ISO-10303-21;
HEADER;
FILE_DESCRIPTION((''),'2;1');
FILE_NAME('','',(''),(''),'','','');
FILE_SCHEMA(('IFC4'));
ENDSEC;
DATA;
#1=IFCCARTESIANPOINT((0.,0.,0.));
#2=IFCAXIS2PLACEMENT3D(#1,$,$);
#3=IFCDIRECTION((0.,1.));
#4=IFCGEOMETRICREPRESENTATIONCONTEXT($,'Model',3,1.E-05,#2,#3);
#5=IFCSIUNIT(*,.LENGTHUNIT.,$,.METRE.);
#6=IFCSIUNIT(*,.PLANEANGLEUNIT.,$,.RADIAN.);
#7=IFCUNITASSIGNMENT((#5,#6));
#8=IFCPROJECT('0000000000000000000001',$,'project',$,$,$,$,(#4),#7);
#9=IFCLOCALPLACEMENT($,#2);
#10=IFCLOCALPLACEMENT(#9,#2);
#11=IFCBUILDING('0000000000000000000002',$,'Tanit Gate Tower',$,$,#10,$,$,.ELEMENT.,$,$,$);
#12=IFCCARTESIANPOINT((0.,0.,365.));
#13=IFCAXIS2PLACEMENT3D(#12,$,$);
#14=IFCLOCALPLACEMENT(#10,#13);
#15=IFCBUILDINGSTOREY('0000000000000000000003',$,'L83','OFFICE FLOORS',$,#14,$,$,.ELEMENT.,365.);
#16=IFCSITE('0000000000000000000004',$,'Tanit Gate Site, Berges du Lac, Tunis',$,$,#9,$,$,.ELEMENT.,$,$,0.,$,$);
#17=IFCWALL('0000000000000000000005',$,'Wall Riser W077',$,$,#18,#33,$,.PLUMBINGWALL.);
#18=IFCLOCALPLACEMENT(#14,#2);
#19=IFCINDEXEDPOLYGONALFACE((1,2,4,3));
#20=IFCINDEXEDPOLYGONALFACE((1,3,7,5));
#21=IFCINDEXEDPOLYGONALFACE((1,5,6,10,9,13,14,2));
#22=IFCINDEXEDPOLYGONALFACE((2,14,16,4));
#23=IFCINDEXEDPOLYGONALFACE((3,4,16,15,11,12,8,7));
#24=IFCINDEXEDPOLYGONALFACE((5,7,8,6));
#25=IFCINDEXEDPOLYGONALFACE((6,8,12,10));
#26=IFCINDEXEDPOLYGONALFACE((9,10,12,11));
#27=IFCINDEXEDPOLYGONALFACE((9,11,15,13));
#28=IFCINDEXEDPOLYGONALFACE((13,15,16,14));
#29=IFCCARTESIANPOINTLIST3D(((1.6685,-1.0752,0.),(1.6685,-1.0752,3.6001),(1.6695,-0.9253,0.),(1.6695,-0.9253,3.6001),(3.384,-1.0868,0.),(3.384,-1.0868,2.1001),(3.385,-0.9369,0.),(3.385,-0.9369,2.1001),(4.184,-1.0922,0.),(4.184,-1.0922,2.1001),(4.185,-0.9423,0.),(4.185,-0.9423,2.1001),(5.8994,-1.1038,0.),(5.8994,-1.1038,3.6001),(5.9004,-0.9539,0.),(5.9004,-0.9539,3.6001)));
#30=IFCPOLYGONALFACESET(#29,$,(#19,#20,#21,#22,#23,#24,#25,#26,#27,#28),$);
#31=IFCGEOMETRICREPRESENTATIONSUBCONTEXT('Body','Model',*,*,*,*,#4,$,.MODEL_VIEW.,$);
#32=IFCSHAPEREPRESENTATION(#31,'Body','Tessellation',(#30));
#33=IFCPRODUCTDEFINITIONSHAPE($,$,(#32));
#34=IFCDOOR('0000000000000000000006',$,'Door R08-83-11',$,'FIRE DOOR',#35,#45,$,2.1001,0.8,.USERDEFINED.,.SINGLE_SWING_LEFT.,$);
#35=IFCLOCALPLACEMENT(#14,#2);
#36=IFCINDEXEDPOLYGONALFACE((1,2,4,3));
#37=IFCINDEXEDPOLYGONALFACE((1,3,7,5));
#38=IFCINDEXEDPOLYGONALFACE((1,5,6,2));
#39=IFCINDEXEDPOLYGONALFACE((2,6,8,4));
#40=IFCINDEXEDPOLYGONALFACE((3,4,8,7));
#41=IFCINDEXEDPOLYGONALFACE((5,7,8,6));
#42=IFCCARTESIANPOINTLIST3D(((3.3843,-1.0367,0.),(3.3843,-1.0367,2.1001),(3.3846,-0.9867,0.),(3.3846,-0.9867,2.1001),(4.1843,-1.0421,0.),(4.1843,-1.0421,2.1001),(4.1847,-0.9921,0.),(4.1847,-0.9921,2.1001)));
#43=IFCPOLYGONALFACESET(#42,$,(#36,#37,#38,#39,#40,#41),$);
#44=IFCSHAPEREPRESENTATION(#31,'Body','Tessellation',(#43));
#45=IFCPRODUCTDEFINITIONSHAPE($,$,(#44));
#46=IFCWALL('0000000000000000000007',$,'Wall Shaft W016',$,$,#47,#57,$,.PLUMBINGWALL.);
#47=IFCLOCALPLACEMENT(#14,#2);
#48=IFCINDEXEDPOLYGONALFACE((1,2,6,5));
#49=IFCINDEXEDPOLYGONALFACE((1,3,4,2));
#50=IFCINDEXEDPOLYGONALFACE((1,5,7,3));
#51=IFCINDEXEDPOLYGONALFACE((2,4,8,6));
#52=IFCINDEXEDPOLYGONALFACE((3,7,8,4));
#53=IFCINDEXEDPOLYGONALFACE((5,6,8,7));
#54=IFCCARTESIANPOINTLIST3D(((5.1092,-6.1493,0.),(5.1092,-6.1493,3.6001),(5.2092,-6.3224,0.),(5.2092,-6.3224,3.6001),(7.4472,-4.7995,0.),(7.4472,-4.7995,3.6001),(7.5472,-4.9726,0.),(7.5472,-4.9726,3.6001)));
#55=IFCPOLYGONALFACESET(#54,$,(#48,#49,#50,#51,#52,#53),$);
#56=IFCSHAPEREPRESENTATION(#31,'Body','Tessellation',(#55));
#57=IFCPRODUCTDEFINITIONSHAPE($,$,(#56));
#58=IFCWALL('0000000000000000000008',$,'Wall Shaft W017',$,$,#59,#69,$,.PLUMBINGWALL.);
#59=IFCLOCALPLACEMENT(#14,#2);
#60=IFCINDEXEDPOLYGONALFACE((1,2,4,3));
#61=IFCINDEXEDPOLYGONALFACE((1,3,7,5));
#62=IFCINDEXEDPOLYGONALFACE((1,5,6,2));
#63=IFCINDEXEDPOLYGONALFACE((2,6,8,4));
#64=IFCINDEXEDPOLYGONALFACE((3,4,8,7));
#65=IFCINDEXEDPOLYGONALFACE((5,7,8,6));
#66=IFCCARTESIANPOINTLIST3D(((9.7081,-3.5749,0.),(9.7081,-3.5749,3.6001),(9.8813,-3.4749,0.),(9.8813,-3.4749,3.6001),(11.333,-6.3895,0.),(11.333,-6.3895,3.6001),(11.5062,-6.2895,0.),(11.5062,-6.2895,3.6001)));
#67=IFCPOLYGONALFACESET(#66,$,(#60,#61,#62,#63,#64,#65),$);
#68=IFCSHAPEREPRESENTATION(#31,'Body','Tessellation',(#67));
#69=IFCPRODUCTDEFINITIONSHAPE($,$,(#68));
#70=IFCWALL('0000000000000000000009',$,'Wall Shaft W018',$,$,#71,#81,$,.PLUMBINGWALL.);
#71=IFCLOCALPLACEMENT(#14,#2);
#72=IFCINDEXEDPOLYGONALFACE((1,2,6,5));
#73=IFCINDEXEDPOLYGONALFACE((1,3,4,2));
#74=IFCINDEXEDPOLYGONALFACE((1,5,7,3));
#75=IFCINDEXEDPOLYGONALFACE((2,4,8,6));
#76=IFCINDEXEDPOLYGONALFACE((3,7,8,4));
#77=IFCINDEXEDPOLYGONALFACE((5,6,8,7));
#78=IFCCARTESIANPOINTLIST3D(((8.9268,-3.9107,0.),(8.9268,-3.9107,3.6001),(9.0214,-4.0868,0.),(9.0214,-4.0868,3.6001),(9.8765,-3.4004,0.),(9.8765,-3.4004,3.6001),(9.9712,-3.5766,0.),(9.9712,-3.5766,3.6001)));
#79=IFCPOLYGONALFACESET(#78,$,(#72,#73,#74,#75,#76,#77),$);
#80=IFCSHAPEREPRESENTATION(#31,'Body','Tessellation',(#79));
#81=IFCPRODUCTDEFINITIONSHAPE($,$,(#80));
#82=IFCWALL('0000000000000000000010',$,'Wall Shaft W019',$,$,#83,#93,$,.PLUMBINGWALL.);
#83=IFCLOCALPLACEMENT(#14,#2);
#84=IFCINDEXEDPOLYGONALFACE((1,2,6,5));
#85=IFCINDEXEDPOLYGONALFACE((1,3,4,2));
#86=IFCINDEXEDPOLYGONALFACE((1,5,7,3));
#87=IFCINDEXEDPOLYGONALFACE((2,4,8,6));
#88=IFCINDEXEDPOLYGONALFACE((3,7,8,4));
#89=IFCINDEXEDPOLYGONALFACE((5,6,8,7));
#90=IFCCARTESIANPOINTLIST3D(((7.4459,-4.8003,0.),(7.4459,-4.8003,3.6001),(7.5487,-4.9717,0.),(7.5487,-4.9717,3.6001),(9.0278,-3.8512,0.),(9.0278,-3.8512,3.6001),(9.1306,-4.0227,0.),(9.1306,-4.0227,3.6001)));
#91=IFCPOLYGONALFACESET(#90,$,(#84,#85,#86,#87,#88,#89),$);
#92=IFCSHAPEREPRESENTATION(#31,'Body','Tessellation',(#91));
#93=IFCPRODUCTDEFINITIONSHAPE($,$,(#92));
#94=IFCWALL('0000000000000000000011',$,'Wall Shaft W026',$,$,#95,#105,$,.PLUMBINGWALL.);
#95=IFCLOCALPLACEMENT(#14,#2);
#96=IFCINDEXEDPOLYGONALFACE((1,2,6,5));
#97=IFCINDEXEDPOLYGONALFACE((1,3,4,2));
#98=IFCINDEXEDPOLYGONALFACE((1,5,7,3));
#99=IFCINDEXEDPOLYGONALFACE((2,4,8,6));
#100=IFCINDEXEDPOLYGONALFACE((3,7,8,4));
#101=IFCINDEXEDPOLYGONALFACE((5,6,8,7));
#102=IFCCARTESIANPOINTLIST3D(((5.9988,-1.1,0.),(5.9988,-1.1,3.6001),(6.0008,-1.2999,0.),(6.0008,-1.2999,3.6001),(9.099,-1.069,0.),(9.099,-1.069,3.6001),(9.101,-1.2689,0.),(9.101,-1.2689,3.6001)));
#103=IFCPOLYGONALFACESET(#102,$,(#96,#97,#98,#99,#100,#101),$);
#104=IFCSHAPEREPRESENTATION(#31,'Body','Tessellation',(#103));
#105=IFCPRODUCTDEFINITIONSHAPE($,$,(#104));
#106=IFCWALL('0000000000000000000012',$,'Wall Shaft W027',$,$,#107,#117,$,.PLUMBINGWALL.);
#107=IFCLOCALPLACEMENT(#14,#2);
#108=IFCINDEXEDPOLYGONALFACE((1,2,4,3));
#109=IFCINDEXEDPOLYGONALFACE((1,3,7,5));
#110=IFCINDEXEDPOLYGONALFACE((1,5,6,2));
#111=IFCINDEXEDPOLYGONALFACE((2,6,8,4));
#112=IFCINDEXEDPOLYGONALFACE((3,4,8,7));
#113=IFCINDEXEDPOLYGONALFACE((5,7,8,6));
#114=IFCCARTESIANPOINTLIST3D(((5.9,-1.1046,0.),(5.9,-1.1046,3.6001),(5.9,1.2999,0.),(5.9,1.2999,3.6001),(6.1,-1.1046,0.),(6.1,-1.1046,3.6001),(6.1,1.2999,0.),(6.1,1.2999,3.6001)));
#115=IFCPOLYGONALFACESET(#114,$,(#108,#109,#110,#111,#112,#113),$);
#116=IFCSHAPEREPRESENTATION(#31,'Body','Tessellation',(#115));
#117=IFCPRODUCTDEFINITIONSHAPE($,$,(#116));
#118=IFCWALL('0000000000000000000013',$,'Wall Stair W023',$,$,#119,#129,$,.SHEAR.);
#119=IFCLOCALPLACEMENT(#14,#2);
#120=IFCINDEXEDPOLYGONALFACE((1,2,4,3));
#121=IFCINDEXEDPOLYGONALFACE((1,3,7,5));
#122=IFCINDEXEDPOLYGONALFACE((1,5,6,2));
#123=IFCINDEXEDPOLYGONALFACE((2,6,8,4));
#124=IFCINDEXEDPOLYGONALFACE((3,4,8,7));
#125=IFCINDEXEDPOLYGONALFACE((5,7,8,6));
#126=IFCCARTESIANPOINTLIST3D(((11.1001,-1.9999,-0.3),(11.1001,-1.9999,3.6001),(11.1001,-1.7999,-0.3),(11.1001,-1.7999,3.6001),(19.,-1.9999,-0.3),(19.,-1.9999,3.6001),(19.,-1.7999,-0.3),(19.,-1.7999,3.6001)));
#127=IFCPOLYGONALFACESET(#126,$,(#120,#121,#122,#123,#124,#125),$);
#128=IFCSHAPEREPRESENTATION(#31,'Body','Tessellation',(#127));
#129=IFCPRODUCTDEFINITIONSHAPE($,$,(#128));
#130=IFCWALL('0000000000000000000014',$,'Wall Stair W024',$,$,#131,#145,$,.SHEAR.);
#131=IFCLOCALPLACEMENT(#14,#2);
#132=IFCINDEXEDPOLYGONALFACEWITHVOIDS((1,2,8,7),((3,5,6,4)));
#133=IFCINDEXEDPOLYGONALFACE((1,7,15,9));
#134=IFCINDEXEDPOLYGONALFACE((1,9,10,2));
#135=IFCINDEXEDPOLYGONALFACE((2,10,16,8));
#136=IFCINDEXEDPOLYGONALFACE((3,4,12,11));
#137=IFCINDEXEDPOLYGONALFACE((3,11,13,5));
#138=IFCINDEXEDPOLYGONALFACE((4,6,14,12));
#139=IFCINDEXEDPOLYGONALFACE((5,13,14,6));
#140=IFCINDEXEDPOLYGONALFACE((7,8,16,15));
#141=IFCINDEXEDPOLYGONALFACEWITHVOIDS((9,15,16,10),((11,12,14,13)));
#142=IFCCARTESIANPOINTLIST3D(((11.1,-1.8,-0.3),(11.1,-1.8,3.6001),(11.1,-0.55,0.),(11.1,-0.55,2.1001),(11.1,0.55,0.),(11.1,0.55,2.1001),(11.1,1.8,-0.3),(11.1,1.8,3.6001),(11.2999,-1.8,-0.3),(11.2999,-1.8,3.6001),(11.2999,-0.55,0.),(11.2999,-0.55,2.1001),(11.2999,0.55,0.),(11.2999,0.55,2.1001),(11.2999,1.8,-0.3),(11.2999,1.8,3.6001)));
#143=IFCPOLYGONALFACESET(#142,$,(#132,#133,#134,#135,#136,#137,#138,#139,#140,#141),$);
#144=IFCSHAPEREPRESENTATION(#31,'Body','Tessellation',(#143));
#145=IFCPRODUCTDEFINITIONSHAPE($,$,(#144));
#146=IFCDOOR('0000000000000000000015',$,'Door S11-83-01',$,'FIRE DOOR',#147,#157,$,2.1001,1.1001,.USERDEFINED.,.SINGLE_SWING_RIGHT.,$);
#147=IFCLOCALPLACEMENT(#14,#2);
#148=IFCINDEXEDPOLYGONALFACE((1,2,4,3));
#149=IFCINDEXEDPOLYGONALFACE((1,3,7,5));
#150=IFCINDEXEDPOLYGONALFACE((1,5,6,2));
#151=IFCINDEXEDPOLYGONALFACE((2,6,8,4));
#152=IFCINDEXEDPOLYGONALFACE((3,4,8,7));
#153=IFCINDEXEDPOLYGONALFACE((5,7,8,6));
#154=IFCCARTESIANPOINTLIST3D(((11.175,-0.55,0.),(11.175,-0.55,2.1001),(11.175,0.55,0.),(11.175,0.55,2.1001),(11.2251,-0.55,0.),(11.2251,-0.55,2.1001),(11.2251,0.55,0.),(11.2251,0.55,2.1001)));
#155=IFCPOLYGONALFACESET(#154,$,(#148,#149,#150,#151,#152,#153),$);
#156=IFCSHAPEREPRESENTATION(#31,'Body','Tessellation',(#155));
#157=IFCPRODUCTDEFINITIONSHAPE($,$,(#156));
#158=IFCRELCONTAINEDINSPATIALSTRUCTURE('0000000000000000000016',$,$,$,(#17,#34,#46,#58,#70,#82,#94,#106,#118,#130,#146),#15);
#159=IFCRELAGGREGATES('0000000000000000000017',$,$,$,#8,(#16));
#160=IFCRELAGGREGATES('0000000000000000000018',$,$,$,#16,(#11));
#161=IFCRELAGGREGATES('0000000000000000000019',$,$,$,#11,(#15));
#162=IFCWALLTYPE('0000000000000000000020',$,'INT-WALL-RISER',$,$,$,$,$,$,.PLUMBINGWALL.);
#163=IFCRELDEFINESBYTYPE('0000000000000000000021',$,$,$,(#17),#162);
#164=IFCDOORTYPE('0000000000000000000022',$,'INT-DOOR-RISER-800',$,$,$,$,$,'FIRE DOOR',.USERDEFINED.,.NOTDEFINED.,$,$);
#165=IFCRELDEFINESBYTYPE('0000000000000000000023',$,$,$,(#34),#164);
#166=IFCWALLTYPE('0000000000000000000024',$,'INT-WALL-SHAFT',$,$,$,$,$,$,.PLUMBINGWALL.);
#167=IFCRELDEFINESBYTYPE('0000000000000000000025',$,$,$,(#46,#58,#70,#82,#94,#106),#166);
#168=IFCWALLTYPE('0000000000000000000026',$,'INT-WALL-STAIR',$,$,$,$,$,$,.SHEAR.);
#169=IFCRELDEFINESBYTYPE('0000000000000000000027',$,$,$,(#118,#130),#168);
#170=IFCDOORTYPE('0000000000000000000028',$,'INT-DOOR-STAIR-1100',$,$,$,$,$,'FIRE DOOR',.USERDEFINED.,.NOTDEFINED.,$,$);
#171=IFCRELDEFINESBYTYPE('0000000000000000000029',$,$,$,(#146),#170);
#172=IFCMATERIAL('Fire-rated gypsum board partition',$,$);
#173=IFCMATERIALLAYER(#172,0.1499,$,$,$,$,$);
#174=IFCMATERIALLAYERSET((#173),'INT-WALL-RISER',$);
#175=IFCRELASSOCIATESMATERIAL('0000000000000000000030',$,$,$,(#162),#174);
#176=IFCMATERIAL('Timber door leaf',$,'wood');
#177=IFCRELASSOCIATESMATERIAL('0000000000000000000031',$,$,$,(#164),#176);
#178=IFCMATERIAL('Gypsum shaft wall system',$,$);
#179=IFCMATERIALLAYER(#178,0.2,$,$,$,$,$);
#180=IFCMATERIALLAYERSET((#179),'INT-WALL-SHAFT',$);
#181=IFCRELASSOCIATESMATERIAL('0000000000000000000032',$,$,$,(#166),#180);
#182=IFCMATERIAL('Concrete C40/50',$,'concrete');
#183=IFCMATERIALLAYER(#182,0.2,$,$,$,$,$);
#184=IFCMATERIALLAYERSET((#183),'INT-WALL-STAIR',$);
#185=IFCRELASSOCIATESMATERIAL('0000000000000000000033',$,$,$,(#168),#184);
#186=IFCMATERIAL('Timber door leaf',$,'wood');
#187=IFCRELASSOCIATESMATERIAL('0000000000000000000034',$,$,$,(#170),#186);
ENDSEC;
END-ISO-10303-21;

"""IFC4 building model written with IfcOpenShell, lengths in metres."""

from ifc_helpers import new_model, si_unit, direction, frame, frame_2d, origin, place, context, subcontext, project, spatial, rectangle, extrude, material, layer, layer_set, type_object, element, fill, save


model = new_model("IFC4")

# Units and contexts
model_context = context("Model", 3, precision=1e-05, world=origin(), true_north=direction((0.0, 1.0)))
body_context = subcontext(model_context, "Body", "Model", "MODEL_VIEW")
ifc_project = project(units=[si_unit("LENGTHUNIT", "METRE"), si_unit("PLANEANGLEUNIT", "RADIAN")], contexts=[model_context])

# Site, building, storey
site_placement = place(None, origin())
site = spatial("IfcSite", under=ifc_project, at=site_placement, Name="Tanit Gate Site, Berges du Lac, Tunis", CompositionType="ELEMENT", RefElevation=0.0)
building_placement = place(site_placement, origin())
building = spatial("IfcBuilding", under=site, at=building_placement, Name="Tanit Gate Tower", CompositionType="ELEMENT")
storey_placement = place(building_placement, frame((0.0, 0.0, 365.0)))
storey = spatial("IfcBuildingStorey", under=building, at=storey_placement, Name="L83", Description="OFFICE FLOORS", CompositionType="ELEMENT", Elevation=365.0)

# Shared definitions
ifc_material_1 = material(Name="Fire-rated gypsum board partition")
ifc_layer_1 = layer(ifc_material_1, 0.1499)
ifc_layer_set_1 = layer_set([ifc_layer_1], Name="INT-WALL-RISER")
wall_type_1 = type_object("IfcWallType", Name="INT-WALL-RISER", PredefinedType="PLUMBINGWALL", material=ifc_layer_set_1)

# Wall, opening, door
wall_1_placement = place(storey_placement, frame((5.8999, -1.0288, 0.0), z_axis=(0.0, 0.0, 1.0), x_axis=(-0.999977, 0.006751, 0.0)))
wall_1 = element("IfcWall", 1, at=wall_1_placement, inside=storey, type_object=wall_type_1, Name="Wall Riser W077", PredefinedType="PLUMBINGWALL", context=body_context, shape_type="SweptSolid", body=[
    extrude(rectangle(XDim=4.231, YDim=0.1499, at=frame_2d((2.1155, 0.0))), origin(), (0.0, 0.0, 1.0), 3.6001),
])
opening_1_placement = place(wall_1_placement, frame((1.7156, 0.0, 0.0)))
opening_1 = element("IfcOpeningElement", 2, at=opening_1_placement, cuts=wall_1, PredefinedType="OPENING", context=body_context, shape_type="SweptSolid", body=[
    extrude(rectangle(XDim=0.8, YDim=2.1001, at=frame_2d((0.3999, 1.05))), frame((0.0, 0.085, 0.0), z_axis=(0.0, -1.0, 0.0), x_axis=(1.0, 0.0, 0.0)), (0.0, 0.0, 1.0), 0.1699),
])
ifc_material_2 = material(Name="Timber door leaf", Category="wood")
door_type_1 = type_object("IfcDoorType", Name="INT-DOOR-RISER-800", ElementType="FIRE DOOR", OperationType="NOTDEFINED", PredefinedType="USERDEFINED", material=ifc_material_2)
door_1_placement = place(opening_1_placement, origin())
door_1 = element("IfcDoor", 3, at=door_1_placement, inside=storey, type_object=door_type_1, Name="Door R08-83-11", ObjectType="FIRE DOOR", OperationType="SINGLE_SWING_LEFT", OverallHeight=2.1001, OverallWidth=0.8, PredefinedType="USERDEFINED", context=body_context, shape_type="SweptSolid", body=[
    extrude(rectangle(XDim=0.8, YDim=2.1001, at=frame_2d((0.3999, 1.05))), frame((0.0, 0.0249, 0.0), z_axis=(0.0, -1.0, 0.0), x_axis=(1.0, 0.0, 0.0)), (0.0, 0.0, 1.0), 0.05),
])
fill(opening_1, door_1)

# Walls
ifc_material_3 = material(Name="Gypsum shaft wall system")
ifc_layer_2 = layer(ifc_material_3, 0.2)
ifc_layer_set_2 = layer_set([ifc_layer_2], Name="INT-WALL-SHAFT")
wall_type_2 = type_object("IfcWallType", Name="INT-WALL-SHAFT", PredefinedType="PLUMBINGWALL", material=ifc_layer_set_2)
wall_2_placement = place(storey_placement, frame((5.1592, -6.2358, 0.0), z_axis=(0.0, 0.0, 1.0), x_axis=(0.866037, 0.499981, 0.0)))
element("IfcWall", 4, at=wall_2_placement, inside=storey, type_object=wall_type_2, Name="Wall Shaft W016", PredefinedType="PLUMBINGWALL", context=body_context, shape_type="SweptSolid", body=[
    extrude(rectangle(XDim=2.6997, YDim=0.2, at=frame_2d((1.3499, 0.0))), origin(), (0.0, 0.0, 1.0), 3.6001),
])
wall_3_placement = place(storey_placement, frame((9.7947, -3.5249, 0.0), z_axis=(0.0, 0.0, 1.0), x_axis=(0.499985, -0.866034, 0.0)))
element("IfcWall", 5, at=wall_3_placement, inside=storey, type_object=wall_type_2, Name="Wall Shaft W017", PredefinedType="PLUMBINGWALL", context=body_context, shape_type="SweptSolid", body=[
    extrude(rectangle(XDim=3.25, YDim=0.2, at=frame_2d((1.625, 0.0))), origin(), (0.0, 0.0, 1.0), 3.6001),
])
wall_4_placement = place(storey_placement, frame((8.9741, -3.9988, 0.0), z_axis=(0.0, 0.0, 1.0), x_axis=(0.880907, 0.473289, 0.0)))
element("IfcWall", 6, at=wall_4_placement, inside=storey, type_object=wall_type_2, Name="Wall Shaft W018", PredefinedType="PLUMBINGWALL", context=body_context, shape_type="SweptSolid", body=[
    extrude(rectangle(XDim=1.0781, YDim=0.2, at=frame_2d((0.5391, 0.0))), origin(), (0.0, 0.0, 1.0), 3.6001),
])
wall_5_placement = place(storey_placement, frame((7.4973, -4.886, 0.0), z_axis=(0.0, 0.0, 1.0), x_axis=(0.857516, 0.514457, 0.0)))
element("IfcWall", 7, at=wall_5_placement, inside=storey, type_object=wall_type_2, Name="Wall Shaft W019", PredefinedType="PLUMBINGWALL", context=body_context, shape_type="SweptSolid", body=[
    extrude(rectangle(XDim=1.8447, YDim=0.2, at=frame_2d((0.9224, 0.0))), origin(), (0.0, 0.0, 1.0), 3.6001),
])
wall_6_placement = place(storey_placement, frame((9.1001, -1.1689, 0.0), z_axis=(0.0, 0.0, 1.0), x_axis=(-0.99995, -0.010001, 0.0)))
element("IfcWall", 8, at=wall_6_placement, inside=storey, type_object=wall_type_2, Name="Wall Shaft W026", PredefinedType="PLUMBINGWALL", context=body_context, shape_type="SweptSolid", body=[
    extrude(rectangle(XDim=3.1003, YDim=0.2, at=frame_2d((1.5503, 0.0))), origin(), (0.0, 0.0, 1.0), 3.6001),
])
wall_7_placement = place(storey_placement, frame((6.0, -1.1045, 0.0), z_axis=(0.0, 0.0, 1.0), x_axis=(0.0, 1.0, 0.0)))
element("IfcWall", 9, at=wall_7_placement, inside=storey, type_object=wall_type_2, Name="Wall Shaft W027", PredefinedType="PLUMBINGWALL", context=body_context, shape_type="SweptSolid", body=[
    extrude(rectangle(XDim=2.4045, YDim=0.2, at=frame_2d((1.2021, 0.0))), origin(), (0.0, 0.0, 1.0), 3.6001),
])
ifc_material_4 = material(Name="Concrete C40/50", Category="concrete")
ifc_layer_3 = layer(ifc_material_4, 0.2)
ifc_layer_set_3 = layer_set([ifc_layer_3], Name="INT-WALL-STAIR")
wall_type_3 = type_object("IfcWallType", Name="INT-WALL-STAIR", PredefinedType="SHEAR", material=ifc_layer_set_3)
wall_8_placement = place(storey_placement, frame((11.1001, -1.8999, -0.3), z_axis=(0.0, 0.0, 1.0), x_axis=(1.0, 0.0, 0.0)))
element("IfcWall", 10, at=wall_8_placement, inside=storey, type_object=wall_type_3, Name="Wall Stair W023", PredefinedType="SHEAR", context=body_context, shape_type="SweptSolid", body=[
    extrude(rectangle(XDim=7.8999, YDim=0.2, at=frame_2d((3.95, 0.0))), origin(), (0.0, 0.0, 1.0), 3.9001),
])

# Wall, opening, door
wall_9_placement = place(storey_placement, frame((11.2, -1.8, -0.3), z_axis=(0.0, 0.0, 1.0), x_axis=(0.0, 1.0, 0.0)))
wall_9 = element("IfcWall", 11, at=wall_9_placement, inside=storey, type_object=wall_type_3, Name="Wall Stair W024", PredefinedType="SHEAR", context=body_context, shape_type="SweptSolid", body=[
    extrude(rectangle(XDim=3.6001, YDim=0.2, at=frame_2d((1.8, 0.0))), origin(), (0.0, 0.0, 1.0), 3.9001),
])
opening_2_placement = place(wall_9_placement, frame((1.25, 0.0, 0.3)))
opening_2 = element("IfcOpeningElement", 12, at=opening_2_placement, cuts=wall_9, PredefinedType="OPENING", context=body_context, shape_type="SweptSolid", body=[
    extrude(rectangle(XDim=1.1001, YDim=2.1001, at=frame_2d((0.55, 1.05))), frame((0.0, 0.1099, 0.0), z_axis=(0.0, -1.0, 0.0), x_axis=(1.0, 0.0, 0.0)), (0.0, 0.0, 1.0), 0.22),
])
ifc_material_5 = material(Name="Timber door leaf", Category="wood")
door_type_2 = type_object("IfcDoorType", Name="INT-DOOR-STAIR-1100", ElementType="FIRE DOOR", OperationType="NOTDEFINED", PredefinedType="USERDEFINED", material=ifc_material_5)
door_2_placement = place(opening_2_placement, origin())
door_2 = element("IfcDoor", 13, at=door_2_placement, inside=storey, type_object=door_type_2, Name="Door S11-83-01", ObjectType="FIRE DOOR", OperationType="SINGLE_SWING_RIGHT", OverallHeight=2.1001, OverallWidth=1.1001, PredefinedType="USERDEFINED", context=body_context, shape_type="SweptSolid", body=[
    extrude(rectangle(XDim=1.1001, YDim=2.1001, at=frame_2d((0.55, 1.05))), frame((0.0, 0.0249, 0.0), z_axis=(0.0, -1.0, 0.0), x_axis=(1.0, 0.0, 0.0)), (0.0, 0.0, 1.0), 0.05),
])
fill(opening_2, door_2)

save(model, "model.ifc")
